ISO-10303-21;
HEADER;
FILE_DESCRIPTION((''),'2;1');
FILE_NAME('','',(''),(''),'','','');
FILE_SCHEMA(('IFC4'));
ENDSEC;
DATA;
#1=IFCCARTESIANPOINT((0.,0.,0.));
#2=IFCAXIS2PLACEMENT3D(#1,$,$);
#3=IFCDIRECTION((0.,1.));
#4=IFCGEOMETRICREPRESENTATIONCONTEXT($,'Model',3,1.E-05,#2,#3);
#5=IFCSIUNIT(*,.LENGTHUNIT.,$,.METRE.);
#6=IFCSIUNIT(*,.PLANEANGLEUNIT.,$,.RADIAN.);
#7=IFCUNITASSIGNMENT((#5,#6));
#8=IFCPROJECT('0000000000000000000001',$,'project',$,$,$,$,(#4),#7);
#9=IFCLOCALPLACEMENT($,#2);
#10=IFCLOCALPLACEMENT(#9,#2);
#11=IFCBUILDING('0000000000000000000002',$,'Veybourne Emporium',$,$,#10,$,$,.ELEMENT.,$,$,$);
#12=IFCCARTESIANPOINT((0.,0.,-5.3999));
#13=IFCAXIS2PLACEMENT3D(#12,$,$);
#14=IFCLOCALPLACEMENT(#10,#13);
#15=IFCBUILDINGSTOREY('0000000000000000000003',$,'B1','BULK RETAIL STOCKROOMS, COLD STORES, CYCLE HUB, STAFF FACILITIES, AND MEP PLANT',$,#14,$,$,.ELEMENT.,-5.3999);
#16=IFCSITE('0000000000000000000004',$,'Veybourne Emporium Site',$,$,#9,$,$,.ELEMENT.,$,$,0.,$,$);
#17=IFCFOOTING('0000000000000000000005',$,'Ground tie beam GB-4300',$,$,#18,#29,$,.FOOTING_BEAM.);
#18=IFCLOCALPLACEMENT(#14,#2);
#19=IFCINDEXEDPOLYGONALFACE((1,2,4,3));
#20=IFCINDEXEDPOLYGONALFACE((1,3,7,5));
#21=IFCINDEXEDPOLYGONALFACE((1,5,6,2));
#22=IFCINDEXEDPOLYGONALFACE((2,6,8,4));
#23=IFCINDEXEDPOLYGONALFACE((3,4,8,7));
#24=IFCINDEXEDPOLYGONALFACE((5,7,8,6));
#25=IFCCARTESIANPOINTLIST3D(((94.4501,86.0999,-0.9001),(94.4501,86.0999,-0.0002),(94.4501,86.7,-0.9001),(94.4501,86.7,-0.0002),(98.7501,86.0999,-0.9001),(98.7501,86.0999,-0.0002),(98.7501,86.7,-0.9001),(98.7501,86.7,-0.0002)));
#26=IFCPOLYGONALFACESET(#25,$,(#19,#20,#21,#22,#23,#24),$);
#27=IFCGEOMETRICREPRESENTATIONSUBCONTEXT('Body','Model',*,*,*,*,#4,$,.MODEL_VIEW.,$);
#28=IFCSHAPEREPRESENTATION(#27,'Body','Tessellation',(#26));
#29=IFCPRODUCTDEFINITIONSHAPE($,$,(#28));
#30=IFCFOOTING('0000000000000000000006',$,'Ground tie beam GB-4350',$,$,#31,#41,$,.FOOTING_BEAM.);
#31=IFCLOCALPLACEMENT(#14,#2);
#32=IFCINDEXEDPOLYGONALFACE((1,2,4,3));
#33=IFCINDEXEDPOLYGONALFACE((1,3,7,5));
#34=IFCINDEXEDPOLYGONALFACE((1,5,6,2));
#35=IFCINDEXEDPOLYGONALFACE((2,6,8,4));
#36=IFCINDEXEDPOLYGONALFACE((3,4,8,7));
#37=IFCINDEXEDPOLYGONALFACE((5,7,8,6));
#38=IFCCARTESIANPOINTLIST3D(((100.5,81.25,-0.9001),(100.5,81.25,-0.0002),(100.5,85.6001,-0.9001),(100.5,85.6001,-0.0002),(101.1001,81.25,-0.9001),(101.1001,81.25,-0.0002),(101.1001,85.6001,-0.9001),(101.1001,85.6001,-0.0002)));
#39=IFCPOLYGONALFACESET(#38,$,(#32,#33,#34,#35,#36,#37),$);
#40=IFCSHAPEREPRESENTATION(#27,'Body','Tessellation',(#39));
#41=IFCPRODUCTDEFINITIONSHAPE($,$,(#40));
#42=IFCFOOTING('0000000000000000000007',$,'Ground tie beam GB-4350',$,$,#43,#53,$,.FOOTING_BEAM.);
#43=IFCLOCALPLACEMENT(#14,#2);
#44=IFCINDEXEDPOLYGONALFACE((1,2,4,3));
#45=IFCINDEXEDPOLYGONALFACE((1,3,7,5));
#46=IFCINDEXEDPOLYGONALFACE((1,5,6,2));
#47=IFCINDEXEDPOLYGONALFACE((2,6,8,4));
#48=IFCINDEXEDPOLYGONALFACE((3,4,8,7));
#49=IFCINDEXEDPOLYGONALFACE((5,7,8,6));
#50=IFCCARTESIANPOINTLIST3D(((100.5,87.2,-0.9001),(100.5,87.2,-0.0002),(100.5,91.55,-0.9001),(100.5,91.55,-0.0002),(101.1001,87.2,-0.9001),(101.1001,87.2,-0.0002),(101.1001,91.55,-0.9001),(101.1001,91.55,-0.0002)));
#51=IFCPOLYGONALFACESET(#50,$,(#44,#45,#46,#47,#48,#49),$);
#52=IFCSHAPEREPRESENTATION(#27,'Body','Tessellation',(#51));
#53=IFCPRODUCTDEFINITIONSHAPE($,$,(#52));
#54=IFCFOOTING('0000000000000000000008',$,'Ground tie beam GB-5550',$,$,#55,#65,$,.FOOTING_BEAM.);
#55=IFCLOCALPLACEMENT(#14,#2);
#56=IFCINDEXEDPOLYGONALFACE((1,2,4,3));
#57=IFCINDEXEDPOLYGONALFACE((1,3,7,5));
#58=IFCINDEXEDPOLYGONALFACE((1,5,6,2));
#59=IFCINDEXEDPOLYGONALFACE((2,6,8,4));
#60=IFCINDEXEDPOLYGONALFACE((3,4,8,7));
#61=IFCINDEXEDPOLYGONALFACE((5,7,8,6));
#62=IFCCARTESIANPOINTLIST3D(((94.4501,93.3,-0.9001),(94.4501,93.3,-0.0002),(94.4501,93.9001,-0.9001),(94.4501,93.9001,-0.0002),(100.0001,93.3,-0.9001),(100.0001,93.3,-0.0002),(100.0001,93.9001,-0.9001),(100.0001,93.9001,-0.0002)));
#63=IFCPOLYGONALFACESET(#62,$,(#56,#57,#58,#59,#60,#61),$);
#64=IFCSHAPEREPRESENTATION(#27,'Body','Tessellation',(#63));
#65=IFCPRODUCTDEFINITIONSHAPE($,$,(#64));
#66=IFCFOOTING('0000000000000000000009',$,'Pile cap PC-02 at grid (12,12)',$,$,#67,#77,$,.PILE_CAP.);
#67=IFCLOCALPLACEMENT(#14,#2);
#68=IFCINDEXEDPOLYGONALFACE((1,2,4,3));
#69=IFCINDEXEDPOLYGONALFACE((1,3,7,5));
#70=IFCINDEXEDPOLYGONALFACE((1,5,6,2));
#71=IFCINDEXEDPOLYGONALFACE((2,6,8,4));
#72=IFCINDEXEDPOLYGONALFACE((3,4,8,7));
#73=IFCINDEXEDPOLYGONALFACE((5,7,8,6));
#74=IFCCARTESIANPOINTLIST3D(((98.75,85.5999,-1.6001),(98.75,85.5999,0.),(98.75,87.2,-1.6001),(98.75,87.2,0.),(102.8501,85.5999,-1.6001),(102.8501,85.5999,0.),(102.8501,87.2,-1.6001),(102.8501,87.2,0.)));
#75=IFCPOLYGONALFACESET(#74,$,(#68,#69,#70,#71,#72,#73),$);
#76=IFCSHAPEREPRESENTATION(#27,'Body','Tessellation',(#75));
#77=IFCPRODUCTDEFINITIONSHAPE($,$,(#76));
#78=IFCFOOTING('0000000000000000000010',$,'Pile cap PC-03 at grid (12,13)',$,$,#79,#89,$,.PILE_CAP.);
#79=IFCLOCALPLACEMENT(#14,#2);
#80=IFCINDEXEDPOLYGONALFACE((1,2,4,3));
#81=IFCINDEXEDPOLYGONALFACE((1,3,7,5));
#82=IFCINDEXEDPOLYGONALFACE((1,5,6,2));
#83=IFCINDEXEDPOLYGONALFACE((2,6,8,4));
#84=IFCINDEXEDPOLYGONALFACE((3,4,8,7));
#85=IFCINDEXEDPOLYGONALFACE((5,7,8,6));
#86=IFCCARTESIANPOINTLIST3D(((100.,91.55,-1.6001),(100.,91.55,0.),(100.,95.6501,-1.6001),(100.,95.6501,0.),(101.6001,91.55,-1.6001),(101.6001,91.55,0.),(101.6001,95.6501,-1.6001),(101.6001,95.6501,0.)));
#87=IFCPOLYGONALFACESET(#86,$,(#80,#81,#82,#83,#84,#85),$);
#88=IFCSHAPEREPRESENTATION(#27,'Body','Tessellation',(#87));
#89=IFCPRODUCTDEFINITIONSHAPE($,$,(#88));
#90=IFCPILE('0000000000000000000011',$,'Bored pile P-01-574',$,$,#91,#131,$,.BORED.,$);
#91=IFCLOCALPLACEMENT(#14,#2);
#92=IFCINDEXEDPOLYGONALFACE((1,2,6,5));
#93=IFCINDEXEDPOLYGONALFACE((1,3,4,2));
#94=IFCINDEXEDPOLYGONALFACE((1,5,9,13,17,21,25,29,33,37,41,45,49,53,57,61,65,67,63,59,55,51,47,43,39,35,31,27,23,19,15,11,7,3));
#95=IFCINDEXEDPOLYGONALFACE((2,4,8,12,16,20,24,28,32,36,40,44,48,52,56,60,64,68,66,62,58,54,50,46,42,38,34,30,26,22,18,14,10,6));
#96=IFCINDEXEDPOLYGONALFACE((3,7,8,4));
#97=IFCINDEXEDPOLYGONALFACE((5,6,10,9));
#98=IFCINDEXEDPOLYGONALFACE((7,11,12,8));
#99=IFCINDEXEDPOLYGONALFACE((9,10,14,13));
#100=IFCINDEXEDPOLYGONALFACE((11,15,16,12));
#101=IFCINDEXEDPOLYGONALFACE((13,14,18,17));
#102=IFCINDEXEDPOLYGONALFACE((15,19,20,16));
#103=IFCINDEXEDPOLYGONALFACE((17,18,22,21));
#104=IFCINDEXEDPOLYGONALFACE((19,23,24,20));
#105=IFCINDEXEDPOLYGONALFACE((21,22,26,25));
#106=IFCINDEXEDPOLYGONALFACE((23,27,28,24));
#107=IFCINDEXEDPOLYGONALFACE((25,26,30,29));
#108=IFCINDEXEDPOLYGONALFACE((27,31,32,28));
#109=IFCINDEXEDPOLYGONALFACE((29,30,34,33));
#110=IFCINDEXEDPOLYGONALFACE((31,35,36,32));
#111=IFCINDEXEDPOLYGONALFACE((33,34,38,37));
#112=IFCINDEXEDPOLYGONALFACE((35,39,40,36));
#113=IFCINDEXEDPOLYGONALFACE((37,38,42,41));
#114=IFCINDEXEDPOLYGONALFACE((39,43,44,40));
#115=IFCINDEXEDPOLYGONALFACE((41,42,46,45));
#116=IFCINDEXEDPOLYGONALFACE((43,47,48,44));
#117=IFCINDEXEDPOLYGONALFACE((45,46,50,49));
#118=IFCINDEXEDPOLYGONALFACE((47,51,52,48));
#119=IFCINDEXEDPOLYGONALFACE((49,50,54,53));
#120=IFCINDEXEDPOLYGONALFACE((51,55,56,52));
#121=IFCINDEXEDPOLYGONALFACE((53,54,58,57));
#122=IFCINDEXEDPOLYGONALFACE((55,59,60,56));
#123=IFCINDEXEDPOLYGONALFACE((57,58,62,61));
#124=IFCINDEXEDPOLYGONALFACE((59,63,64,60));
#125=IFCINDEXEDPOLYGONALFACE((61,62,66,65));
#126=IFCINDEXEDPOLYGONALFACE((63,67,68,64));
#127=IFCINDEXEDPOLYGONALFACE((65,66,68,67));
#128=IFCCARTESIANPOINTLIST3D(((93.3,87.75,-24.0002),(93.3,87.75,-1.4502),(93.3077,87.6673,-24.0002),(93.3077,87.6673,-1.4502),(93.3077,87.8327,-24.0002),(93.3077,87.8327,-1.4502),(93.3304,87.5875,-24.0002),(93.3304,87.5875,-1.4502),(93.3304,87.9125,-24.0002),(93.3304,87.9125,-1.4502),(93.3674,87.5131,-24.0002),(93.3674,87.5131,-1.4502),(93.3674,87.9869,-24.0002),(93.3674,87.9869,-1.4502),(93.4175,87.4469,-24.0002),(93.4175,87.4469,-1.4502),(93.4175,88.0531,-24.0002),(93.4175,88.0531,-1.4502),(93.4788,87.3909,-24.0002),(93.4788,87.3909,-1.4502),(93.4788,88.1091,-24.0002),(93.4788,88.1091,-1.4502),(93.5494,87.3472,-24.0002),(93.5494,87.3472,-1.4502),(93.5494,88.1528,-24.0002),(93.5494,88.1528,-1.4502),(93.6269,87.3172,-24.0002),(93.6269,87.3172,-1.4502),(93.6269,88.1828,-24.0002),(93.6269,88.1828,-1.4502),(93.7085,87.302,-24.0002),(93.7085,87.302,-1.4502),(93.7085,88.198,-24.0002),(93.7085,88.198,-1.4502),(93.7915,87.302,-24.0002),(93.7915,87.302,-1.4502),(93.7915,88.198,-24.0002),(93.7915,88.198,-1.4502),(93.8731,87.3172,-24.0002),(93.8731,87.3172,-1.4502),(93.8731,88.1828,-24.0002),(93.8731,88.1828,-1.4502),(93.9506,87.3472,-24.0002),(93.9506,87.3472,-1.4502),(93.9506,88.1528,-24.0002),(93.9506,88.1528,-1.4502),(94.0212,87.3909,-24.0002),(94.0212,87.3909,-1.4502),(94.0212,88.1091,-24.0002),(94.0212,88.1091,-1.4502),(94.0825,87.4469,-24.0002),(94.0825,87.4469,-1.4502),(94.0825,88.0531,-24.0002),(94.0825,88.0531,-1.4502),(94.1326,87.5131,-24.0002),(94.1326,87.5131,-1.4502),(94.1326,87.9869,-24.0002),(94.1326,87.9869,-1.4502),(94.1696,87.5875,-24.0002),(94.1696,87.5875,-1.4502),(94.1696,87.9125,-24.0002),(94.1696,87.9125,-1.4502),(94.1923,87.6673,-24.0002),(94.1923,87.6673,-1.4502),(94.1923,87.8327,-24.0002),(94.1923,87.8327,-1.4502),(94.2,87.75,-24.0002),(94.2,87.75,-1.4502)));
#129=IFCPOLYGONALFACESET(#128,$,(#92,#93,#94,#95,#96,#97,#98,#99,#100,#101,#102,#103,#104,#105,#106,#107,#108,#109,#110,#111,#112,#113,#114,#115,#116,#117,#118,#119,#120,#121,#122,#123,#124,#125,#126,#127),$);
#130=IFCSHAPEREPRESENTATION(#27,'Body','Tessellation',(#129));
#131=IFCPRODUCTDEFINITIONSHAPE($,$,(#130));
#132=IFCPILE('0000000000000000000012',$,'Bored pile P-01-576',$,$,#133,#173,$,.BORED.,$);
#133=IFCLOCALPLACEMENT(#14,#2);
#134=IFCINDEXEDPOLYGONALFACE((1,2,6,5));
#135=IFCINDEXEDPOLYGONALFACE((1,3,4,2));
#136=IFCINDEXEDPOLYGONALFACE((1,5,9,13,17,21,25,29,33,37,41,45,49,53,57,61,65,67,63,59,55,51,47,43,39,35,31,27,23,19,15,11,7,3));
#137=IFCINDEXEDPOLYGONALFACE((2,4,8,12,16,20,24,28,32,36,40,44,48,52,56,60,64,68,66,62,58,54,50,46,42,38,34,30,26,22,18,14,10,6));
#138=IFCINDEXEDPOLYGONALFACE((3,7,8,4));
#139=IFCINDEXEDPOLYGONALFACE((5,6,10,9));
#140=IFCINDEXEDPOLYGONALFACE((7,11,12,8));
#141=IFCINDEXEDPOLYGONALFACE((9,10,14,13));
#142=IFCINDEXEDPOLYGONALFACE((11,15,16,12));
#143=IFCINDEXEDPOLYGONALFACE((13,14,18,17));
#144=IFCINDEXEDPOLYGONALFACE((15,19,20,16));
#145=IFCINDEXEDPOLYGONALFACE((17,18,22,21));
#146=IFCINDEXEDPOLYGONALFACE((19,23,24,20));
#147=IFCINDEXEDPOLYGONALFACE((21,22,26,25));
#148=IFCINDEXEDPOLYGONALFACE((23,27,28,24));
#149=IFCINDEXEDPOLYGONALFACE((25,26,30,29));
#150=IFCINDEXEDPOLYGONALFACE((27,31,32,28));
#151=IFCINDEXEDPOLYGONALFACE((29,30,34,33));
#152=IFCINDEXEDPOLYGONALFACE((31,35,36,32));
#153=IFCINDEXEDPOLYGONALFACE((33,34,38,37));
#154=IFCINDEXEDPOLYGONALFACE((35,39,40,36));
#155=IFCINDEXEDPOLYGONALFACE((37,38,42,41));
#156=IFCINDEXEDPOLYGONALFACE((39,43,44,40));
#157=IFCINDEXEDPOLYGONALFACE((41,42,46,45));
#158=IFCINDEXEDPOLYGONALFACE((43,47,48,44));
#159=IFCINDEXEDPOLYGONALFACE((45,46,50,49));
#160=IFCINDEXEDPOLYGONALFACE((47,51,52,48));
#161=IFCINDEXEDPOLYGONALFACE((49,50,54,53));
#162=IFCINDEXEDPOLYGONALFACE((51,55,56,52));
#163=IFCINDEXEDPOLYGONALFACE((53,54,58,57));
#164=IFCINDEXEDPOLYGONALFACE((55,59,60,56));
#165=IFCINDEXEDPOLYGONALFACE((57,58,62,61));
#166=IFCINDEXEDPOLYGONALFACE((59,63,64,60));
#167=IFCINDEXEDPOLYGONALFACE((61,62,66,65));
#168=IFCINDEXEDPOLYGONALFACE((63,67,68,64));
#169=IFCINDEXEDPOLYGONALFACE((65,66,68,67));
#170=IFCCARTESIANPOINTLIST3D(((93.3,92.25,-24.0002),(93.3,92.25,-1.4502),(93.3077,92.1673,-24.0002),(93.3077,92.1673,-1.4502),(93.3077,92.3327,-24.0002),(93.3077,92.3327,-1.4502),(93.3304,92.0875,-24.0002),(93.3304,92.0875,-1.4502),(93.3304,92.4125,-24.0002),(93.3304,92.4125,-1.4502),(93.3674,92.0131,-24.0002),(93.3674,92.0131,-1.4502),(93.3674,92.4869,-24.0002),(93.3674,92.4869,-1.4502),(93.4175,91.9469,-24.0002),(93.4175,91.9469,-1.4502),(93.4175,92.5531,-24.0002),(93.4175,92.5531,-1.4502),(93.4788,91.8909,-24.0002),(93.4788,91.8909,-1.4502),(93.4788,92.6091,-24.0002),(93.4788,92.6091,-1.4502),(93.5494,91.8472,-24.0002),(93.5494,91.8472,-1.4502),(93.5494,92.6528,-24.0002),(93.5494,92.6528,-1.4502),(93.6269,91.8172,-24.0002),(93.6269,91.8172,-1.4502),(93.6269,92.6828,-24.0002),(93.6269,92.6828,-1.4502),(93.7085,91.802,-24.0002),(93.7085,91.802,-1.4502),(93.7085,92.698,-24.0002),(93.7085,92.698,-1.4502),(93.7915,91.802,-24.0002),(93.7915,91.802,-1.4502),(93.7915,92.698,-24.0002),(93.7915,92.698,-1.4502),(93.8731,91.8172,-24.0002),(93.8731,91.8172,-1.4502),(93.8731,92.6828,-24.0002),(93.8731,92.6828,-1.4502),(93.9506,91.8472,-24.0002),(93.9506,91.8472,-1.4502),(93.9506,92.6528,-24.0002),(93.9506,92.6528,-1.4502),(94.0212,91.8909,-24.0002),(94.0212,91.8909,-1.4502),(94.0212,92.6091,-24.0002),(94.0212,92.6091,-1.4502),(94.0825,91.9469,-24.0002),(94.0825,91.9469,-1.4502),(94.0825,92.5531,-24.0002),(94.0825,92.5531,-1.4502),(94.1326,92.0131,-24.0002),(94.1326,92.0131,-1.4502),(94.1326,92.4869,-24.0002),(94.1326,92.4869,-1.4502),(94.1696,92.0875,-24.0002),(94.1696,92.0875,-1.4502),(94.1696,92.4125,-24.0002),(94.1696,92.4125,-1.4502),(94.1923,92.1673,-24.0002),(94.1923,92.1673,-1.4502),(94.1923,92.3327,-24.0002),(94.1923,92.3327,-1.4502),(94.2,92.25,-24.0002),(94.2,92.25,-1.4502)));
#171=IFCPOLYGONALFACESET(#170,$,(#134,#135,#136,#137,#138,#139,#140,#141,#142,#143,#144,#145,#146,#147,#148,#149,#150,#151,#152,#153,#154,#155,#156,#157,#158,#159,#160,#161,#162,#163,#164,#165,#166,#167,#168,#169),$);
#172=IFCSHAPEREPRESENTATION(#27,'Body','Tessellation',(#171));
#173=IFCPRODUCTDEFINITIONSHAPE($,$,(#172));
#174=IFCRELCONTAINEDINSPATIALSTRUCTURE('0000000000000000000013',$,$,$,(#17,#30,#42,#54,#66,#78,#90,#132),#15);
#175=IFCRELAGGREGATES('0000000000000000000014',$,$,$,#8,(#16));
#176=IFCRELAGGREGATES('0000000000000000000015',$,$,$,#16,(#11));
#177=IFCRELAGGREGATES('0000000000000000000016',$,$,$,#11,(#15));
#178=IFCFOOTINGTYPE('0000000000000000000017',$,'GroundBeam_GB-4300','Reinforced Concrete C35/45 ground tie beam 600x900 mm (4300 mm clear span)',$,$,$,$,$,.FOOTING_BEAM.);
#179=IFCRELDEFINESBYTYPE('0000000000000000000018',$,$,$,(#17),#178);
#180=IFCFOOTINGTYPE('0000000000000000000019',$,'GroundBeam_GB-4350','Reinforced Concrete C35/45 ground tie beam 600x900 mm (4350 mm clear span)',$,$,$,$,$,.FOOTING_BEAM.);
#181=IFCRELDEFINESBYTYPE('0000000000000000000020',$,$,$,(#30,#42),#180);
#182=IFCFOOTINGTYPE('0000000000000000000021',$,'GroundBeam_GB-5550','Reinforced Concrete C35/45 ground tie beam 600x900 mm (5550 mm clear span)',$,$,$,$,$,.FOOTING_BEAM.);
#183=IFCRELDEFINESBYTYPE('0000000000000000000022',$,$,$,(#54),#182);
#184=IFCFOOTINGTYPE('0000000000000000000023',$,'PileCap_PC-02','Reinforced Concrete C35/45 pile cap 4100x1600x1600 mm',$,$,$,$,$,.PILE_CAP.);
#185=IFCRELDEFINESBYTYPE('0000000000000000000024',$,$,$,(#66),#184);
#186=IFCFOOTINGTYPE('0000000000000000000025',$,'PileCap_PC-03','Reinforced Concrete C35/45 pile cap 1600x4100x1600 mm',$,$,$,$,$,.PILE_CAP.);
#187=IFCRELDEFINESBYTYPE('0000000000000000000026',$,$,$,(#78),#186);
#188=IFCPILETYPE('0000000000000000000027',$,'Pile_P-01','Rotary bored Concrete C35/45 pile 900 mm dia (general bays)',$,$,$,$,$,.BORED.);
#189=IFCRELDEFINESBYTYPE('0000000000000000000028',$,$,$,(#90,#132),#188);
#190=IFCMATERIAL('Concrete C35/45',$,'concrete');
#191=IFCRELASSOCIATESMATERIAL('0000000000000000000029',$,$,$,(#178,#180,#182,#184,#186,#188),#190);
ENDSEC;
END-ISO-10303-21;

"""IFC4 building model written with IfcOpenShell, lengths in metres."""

from ifc_helpers import new_model, si_unit, direction, frame, origin, origin_2d, place, context, subcontext, project, spatial, rectangle, circle, extrude, material, material_profile, profile_set, type_object, element, save


model = new_model("IFC4")

# Units and contexts
model_context = context("Model", 3, precision=1e-05, world=origin(), true_north=direction((0.0, 1.0)))
body_context = subcontext(model_context, "Body", "Model", "MODEL_VIEW")
ifc_project = project(units=[si_unit("LENGTHUNIT", "METRE"), si_unit("PLANEANGLEUNIT", "RADIAN")], contexts=[model_context])

# Site, building, storey
site_placement = place(None, origin())
site = spatial("IfcSite", under=ifc_project, at=site_placement, Name="Veybourne Emporium Site", CompositionType="ELEMENT", RefElevation=0.0)
building_placement = place(site_placement, origin())
building = spatial("IfcBuilding", under=site, at=building_placement, Name="Veybourne Emporium", CompositionType="ELEMENT")
storey_placement = place(building_placement, frame((0.0, 0.0, -5.3999)))
storey = spatial("IfcBuildingStorey", under=building, at=storey_placement, Name="B1", Description="BULK RETAIL STOCKROOMS, COLD STORES, CYCLE HUB, STAFF FACILITIES, AND MEP PLANT", CompositionType="ELEMENT", Elevation=-5.3999)

# Footings
ifc_material_1 = material(Name="Concrete C35/45", Category="concrete")
footing_type_1 = type_object("IfcFootingType", Name="GroundBeam_GB-4300", Description="Reinforced Concrete C35/45 ground tie beam 600x900 mm (4300 mm clear span)", PredefinedType="FOOTING_BEAM", material=ifc_material_1)
footing_1_placement = place(storey_placement, frame((96.6001, 86.3999, -0.9001), z_axis=(0.0, 0.0, 1.0), x_axis=(1.0, 0.0, 0.0)))
element("IfcFooting", 1, at=footing_1_placement, inside=storey, type_object=footing_type_1, Name="Ground tie beam GB-4300", PredefinedType="FOOTING_BEAM", context=body_context, shape_type="SweptSolid", body=[
    extrude(rectangle(XDim=4.3, YDim=0.6001, at=origin_2d()), origin(), (0.0, 0.0, 1.0), 0.8999),
])
footing_type_2 = type_object("IfcFootingType", Name="GroundBeam_GB-4350", Description="Reinforced Concrete C35/45 ground tie beam 600x900 mm (4350 mm clear span)", PredefinedType="FOOTING_BEAM", material=ifc_material_1)
for number, where, z_axis, x_axis, name in (
    (2, (100.8, 83.425, -0.9001), (0.0, 0.0, 1.0), (0.0, 1.0, 0.0), "Ground tie beam GB-4350"),
    (3, (100.8, 89.375, -0.9001), (0.0, 0.0, 1.0), (0.0, 1.0, 0.0), "Ground tie beam GB-4350"),
):
    element("IfcFooting", number, at=place(storey_placement, frame(where, z_axis=z_axis, x_axis=x_axis)), inside=storey, type_object=footing_type_2, Name=name, PredefinedType="FOOTING_BEAM", context=body_context, shape_type="SweptSolid", body=[
        extrude(rectangle(XDim=4.3501, YDim=0.6001, at=origin_2d()), origin(), (0.0, 0.0, 1.0), 0.8999),
    ])
footing_type_3 = type_object("IfcFootingType", Name="GroundBeam_GB-5550", Description="Reinforced Concrete C35/45 ground tie beam 600x900 mm (5550 mm clear span)", PredefinedType="FOOTING_BEAM", material=ifc_material_1)
footing_2_placement = place(storey_placement, frame((97.2251, 93.6001, -0.9001), z_axis=(0.0, 0.0, 1.0), x_axis=(1.0, 0.0, 0.0)))
element("IfcFooting", 4, at=footing_2_placement, inside=storey, type_object=footing_type_3, Name="Ground tie beam GB-5550", PredefinedType="FOOTING_BEAM", context=body_context, shape_type="SweptSolid", body=[
    extrude(rectangle(XDim=5.55, YDim=0.6001, at=origin_2d()), origin(), (0.0, 0.0, 1.0), 0.8999),
])
footing_type_4 = type_object("IfcFootingType", Name="PileCap_PC-02", Description="Reinforced Concrete C35/45 pile cap 4100x1600x1600 mm", PredefinedType="PILE_CAP", material=ifc_material_1)
footing_3_placement = place(storey_placement, frame((100.8, 86.3999, -1.6001), z_axis=(0.0, 0.0, 1.0), x_axis=(1.0, 0.0, 0.0)))
element("IfcFooting", 5, at=footing_3_placement, inside=storey, type_object=footing_type_4, Name="Pile cap PC-02 at grid (12,12)", PredefinedType="PILE_CAP", context=body_context, shape_type="SweptSolid", body=[
    extrude(rectangle(XDim=4.1001, YDim=1.6001, at=origin_2d()), origin(), (0.0, 0.0, 1.0), 1.6001),
])
footing_type_5 = type_object("IfcFootingType", Name="PileCap_PC-03", Description="Reinforced Concrete C35/45 pile cap 1600x4100x1600 mm", PredefinedType="PILE_CAP", material=ifc_material_1)
footing_4_placement = place(storey_placement, frame((100.8, 93.6001, -1.6001), z_axis=(0.0, 0.0, 1.0), x_axis=(1.0, 0.0, 0.0)))
element("IfcFooting", 6, at=footing_4_placement, inside=storey, type_object=footing_type_5, Name="Pile cap PC-03 at grid (12,13)", PredefinedType="PILE_CAP", context=body_context, shape_type="SweptSolid", body=[
    extrude(rectangle(XDim=1.6001, YDim=4.1001, at=origin_2d()), origin(), (0.0, 0.0, 1.0), 1.6001),
])

# Piles
ifc_material_profile_1 = material_profile(ifc_material_1, circle(Radius=0.45, at=origin_2d()), Name="BORED PILE 900")
ifc_profile_set_1 = profile_set([ifc_material_profile_1], Name="Concrete C35/45")
pile_type_1 = type_object("IfcPileType", Name="Pile_P-01", Description="Rotary bored Concrete C35/45 pile 900 mm dia (general bays)", PredefinedType="BORED", material=ifc_profile_set_1)
for number, where, z_axis, x_axis, name in (
    (7, (93.75, 87.75, -1.4502), (0.0, 0.0, -1.0), (1.0, 0.0, 0.0), "Bored pile P-01-574"),
    (8, (93.75, 92.25, -1.4502), (0.0, 0.0, -1.0), (1.0, 0.0, 0.0), "Bored pile P-01-576"),
):
    element("IfcPile", number, at=place(storey_placement, frame(where, z_axis=z_axis, x_axis=x_axis)), inside=storey, type_object=pile_type_1, Name=name, PredefinedType="BORED", context=body_context, shape_type="SweptSolid", body=[
        extrude(circle(Radius=0.45, at=origin_2d()), origin(), (0.0, 0.0, 1.0), 22.55),
    ])

save(model, "model.ifc")
